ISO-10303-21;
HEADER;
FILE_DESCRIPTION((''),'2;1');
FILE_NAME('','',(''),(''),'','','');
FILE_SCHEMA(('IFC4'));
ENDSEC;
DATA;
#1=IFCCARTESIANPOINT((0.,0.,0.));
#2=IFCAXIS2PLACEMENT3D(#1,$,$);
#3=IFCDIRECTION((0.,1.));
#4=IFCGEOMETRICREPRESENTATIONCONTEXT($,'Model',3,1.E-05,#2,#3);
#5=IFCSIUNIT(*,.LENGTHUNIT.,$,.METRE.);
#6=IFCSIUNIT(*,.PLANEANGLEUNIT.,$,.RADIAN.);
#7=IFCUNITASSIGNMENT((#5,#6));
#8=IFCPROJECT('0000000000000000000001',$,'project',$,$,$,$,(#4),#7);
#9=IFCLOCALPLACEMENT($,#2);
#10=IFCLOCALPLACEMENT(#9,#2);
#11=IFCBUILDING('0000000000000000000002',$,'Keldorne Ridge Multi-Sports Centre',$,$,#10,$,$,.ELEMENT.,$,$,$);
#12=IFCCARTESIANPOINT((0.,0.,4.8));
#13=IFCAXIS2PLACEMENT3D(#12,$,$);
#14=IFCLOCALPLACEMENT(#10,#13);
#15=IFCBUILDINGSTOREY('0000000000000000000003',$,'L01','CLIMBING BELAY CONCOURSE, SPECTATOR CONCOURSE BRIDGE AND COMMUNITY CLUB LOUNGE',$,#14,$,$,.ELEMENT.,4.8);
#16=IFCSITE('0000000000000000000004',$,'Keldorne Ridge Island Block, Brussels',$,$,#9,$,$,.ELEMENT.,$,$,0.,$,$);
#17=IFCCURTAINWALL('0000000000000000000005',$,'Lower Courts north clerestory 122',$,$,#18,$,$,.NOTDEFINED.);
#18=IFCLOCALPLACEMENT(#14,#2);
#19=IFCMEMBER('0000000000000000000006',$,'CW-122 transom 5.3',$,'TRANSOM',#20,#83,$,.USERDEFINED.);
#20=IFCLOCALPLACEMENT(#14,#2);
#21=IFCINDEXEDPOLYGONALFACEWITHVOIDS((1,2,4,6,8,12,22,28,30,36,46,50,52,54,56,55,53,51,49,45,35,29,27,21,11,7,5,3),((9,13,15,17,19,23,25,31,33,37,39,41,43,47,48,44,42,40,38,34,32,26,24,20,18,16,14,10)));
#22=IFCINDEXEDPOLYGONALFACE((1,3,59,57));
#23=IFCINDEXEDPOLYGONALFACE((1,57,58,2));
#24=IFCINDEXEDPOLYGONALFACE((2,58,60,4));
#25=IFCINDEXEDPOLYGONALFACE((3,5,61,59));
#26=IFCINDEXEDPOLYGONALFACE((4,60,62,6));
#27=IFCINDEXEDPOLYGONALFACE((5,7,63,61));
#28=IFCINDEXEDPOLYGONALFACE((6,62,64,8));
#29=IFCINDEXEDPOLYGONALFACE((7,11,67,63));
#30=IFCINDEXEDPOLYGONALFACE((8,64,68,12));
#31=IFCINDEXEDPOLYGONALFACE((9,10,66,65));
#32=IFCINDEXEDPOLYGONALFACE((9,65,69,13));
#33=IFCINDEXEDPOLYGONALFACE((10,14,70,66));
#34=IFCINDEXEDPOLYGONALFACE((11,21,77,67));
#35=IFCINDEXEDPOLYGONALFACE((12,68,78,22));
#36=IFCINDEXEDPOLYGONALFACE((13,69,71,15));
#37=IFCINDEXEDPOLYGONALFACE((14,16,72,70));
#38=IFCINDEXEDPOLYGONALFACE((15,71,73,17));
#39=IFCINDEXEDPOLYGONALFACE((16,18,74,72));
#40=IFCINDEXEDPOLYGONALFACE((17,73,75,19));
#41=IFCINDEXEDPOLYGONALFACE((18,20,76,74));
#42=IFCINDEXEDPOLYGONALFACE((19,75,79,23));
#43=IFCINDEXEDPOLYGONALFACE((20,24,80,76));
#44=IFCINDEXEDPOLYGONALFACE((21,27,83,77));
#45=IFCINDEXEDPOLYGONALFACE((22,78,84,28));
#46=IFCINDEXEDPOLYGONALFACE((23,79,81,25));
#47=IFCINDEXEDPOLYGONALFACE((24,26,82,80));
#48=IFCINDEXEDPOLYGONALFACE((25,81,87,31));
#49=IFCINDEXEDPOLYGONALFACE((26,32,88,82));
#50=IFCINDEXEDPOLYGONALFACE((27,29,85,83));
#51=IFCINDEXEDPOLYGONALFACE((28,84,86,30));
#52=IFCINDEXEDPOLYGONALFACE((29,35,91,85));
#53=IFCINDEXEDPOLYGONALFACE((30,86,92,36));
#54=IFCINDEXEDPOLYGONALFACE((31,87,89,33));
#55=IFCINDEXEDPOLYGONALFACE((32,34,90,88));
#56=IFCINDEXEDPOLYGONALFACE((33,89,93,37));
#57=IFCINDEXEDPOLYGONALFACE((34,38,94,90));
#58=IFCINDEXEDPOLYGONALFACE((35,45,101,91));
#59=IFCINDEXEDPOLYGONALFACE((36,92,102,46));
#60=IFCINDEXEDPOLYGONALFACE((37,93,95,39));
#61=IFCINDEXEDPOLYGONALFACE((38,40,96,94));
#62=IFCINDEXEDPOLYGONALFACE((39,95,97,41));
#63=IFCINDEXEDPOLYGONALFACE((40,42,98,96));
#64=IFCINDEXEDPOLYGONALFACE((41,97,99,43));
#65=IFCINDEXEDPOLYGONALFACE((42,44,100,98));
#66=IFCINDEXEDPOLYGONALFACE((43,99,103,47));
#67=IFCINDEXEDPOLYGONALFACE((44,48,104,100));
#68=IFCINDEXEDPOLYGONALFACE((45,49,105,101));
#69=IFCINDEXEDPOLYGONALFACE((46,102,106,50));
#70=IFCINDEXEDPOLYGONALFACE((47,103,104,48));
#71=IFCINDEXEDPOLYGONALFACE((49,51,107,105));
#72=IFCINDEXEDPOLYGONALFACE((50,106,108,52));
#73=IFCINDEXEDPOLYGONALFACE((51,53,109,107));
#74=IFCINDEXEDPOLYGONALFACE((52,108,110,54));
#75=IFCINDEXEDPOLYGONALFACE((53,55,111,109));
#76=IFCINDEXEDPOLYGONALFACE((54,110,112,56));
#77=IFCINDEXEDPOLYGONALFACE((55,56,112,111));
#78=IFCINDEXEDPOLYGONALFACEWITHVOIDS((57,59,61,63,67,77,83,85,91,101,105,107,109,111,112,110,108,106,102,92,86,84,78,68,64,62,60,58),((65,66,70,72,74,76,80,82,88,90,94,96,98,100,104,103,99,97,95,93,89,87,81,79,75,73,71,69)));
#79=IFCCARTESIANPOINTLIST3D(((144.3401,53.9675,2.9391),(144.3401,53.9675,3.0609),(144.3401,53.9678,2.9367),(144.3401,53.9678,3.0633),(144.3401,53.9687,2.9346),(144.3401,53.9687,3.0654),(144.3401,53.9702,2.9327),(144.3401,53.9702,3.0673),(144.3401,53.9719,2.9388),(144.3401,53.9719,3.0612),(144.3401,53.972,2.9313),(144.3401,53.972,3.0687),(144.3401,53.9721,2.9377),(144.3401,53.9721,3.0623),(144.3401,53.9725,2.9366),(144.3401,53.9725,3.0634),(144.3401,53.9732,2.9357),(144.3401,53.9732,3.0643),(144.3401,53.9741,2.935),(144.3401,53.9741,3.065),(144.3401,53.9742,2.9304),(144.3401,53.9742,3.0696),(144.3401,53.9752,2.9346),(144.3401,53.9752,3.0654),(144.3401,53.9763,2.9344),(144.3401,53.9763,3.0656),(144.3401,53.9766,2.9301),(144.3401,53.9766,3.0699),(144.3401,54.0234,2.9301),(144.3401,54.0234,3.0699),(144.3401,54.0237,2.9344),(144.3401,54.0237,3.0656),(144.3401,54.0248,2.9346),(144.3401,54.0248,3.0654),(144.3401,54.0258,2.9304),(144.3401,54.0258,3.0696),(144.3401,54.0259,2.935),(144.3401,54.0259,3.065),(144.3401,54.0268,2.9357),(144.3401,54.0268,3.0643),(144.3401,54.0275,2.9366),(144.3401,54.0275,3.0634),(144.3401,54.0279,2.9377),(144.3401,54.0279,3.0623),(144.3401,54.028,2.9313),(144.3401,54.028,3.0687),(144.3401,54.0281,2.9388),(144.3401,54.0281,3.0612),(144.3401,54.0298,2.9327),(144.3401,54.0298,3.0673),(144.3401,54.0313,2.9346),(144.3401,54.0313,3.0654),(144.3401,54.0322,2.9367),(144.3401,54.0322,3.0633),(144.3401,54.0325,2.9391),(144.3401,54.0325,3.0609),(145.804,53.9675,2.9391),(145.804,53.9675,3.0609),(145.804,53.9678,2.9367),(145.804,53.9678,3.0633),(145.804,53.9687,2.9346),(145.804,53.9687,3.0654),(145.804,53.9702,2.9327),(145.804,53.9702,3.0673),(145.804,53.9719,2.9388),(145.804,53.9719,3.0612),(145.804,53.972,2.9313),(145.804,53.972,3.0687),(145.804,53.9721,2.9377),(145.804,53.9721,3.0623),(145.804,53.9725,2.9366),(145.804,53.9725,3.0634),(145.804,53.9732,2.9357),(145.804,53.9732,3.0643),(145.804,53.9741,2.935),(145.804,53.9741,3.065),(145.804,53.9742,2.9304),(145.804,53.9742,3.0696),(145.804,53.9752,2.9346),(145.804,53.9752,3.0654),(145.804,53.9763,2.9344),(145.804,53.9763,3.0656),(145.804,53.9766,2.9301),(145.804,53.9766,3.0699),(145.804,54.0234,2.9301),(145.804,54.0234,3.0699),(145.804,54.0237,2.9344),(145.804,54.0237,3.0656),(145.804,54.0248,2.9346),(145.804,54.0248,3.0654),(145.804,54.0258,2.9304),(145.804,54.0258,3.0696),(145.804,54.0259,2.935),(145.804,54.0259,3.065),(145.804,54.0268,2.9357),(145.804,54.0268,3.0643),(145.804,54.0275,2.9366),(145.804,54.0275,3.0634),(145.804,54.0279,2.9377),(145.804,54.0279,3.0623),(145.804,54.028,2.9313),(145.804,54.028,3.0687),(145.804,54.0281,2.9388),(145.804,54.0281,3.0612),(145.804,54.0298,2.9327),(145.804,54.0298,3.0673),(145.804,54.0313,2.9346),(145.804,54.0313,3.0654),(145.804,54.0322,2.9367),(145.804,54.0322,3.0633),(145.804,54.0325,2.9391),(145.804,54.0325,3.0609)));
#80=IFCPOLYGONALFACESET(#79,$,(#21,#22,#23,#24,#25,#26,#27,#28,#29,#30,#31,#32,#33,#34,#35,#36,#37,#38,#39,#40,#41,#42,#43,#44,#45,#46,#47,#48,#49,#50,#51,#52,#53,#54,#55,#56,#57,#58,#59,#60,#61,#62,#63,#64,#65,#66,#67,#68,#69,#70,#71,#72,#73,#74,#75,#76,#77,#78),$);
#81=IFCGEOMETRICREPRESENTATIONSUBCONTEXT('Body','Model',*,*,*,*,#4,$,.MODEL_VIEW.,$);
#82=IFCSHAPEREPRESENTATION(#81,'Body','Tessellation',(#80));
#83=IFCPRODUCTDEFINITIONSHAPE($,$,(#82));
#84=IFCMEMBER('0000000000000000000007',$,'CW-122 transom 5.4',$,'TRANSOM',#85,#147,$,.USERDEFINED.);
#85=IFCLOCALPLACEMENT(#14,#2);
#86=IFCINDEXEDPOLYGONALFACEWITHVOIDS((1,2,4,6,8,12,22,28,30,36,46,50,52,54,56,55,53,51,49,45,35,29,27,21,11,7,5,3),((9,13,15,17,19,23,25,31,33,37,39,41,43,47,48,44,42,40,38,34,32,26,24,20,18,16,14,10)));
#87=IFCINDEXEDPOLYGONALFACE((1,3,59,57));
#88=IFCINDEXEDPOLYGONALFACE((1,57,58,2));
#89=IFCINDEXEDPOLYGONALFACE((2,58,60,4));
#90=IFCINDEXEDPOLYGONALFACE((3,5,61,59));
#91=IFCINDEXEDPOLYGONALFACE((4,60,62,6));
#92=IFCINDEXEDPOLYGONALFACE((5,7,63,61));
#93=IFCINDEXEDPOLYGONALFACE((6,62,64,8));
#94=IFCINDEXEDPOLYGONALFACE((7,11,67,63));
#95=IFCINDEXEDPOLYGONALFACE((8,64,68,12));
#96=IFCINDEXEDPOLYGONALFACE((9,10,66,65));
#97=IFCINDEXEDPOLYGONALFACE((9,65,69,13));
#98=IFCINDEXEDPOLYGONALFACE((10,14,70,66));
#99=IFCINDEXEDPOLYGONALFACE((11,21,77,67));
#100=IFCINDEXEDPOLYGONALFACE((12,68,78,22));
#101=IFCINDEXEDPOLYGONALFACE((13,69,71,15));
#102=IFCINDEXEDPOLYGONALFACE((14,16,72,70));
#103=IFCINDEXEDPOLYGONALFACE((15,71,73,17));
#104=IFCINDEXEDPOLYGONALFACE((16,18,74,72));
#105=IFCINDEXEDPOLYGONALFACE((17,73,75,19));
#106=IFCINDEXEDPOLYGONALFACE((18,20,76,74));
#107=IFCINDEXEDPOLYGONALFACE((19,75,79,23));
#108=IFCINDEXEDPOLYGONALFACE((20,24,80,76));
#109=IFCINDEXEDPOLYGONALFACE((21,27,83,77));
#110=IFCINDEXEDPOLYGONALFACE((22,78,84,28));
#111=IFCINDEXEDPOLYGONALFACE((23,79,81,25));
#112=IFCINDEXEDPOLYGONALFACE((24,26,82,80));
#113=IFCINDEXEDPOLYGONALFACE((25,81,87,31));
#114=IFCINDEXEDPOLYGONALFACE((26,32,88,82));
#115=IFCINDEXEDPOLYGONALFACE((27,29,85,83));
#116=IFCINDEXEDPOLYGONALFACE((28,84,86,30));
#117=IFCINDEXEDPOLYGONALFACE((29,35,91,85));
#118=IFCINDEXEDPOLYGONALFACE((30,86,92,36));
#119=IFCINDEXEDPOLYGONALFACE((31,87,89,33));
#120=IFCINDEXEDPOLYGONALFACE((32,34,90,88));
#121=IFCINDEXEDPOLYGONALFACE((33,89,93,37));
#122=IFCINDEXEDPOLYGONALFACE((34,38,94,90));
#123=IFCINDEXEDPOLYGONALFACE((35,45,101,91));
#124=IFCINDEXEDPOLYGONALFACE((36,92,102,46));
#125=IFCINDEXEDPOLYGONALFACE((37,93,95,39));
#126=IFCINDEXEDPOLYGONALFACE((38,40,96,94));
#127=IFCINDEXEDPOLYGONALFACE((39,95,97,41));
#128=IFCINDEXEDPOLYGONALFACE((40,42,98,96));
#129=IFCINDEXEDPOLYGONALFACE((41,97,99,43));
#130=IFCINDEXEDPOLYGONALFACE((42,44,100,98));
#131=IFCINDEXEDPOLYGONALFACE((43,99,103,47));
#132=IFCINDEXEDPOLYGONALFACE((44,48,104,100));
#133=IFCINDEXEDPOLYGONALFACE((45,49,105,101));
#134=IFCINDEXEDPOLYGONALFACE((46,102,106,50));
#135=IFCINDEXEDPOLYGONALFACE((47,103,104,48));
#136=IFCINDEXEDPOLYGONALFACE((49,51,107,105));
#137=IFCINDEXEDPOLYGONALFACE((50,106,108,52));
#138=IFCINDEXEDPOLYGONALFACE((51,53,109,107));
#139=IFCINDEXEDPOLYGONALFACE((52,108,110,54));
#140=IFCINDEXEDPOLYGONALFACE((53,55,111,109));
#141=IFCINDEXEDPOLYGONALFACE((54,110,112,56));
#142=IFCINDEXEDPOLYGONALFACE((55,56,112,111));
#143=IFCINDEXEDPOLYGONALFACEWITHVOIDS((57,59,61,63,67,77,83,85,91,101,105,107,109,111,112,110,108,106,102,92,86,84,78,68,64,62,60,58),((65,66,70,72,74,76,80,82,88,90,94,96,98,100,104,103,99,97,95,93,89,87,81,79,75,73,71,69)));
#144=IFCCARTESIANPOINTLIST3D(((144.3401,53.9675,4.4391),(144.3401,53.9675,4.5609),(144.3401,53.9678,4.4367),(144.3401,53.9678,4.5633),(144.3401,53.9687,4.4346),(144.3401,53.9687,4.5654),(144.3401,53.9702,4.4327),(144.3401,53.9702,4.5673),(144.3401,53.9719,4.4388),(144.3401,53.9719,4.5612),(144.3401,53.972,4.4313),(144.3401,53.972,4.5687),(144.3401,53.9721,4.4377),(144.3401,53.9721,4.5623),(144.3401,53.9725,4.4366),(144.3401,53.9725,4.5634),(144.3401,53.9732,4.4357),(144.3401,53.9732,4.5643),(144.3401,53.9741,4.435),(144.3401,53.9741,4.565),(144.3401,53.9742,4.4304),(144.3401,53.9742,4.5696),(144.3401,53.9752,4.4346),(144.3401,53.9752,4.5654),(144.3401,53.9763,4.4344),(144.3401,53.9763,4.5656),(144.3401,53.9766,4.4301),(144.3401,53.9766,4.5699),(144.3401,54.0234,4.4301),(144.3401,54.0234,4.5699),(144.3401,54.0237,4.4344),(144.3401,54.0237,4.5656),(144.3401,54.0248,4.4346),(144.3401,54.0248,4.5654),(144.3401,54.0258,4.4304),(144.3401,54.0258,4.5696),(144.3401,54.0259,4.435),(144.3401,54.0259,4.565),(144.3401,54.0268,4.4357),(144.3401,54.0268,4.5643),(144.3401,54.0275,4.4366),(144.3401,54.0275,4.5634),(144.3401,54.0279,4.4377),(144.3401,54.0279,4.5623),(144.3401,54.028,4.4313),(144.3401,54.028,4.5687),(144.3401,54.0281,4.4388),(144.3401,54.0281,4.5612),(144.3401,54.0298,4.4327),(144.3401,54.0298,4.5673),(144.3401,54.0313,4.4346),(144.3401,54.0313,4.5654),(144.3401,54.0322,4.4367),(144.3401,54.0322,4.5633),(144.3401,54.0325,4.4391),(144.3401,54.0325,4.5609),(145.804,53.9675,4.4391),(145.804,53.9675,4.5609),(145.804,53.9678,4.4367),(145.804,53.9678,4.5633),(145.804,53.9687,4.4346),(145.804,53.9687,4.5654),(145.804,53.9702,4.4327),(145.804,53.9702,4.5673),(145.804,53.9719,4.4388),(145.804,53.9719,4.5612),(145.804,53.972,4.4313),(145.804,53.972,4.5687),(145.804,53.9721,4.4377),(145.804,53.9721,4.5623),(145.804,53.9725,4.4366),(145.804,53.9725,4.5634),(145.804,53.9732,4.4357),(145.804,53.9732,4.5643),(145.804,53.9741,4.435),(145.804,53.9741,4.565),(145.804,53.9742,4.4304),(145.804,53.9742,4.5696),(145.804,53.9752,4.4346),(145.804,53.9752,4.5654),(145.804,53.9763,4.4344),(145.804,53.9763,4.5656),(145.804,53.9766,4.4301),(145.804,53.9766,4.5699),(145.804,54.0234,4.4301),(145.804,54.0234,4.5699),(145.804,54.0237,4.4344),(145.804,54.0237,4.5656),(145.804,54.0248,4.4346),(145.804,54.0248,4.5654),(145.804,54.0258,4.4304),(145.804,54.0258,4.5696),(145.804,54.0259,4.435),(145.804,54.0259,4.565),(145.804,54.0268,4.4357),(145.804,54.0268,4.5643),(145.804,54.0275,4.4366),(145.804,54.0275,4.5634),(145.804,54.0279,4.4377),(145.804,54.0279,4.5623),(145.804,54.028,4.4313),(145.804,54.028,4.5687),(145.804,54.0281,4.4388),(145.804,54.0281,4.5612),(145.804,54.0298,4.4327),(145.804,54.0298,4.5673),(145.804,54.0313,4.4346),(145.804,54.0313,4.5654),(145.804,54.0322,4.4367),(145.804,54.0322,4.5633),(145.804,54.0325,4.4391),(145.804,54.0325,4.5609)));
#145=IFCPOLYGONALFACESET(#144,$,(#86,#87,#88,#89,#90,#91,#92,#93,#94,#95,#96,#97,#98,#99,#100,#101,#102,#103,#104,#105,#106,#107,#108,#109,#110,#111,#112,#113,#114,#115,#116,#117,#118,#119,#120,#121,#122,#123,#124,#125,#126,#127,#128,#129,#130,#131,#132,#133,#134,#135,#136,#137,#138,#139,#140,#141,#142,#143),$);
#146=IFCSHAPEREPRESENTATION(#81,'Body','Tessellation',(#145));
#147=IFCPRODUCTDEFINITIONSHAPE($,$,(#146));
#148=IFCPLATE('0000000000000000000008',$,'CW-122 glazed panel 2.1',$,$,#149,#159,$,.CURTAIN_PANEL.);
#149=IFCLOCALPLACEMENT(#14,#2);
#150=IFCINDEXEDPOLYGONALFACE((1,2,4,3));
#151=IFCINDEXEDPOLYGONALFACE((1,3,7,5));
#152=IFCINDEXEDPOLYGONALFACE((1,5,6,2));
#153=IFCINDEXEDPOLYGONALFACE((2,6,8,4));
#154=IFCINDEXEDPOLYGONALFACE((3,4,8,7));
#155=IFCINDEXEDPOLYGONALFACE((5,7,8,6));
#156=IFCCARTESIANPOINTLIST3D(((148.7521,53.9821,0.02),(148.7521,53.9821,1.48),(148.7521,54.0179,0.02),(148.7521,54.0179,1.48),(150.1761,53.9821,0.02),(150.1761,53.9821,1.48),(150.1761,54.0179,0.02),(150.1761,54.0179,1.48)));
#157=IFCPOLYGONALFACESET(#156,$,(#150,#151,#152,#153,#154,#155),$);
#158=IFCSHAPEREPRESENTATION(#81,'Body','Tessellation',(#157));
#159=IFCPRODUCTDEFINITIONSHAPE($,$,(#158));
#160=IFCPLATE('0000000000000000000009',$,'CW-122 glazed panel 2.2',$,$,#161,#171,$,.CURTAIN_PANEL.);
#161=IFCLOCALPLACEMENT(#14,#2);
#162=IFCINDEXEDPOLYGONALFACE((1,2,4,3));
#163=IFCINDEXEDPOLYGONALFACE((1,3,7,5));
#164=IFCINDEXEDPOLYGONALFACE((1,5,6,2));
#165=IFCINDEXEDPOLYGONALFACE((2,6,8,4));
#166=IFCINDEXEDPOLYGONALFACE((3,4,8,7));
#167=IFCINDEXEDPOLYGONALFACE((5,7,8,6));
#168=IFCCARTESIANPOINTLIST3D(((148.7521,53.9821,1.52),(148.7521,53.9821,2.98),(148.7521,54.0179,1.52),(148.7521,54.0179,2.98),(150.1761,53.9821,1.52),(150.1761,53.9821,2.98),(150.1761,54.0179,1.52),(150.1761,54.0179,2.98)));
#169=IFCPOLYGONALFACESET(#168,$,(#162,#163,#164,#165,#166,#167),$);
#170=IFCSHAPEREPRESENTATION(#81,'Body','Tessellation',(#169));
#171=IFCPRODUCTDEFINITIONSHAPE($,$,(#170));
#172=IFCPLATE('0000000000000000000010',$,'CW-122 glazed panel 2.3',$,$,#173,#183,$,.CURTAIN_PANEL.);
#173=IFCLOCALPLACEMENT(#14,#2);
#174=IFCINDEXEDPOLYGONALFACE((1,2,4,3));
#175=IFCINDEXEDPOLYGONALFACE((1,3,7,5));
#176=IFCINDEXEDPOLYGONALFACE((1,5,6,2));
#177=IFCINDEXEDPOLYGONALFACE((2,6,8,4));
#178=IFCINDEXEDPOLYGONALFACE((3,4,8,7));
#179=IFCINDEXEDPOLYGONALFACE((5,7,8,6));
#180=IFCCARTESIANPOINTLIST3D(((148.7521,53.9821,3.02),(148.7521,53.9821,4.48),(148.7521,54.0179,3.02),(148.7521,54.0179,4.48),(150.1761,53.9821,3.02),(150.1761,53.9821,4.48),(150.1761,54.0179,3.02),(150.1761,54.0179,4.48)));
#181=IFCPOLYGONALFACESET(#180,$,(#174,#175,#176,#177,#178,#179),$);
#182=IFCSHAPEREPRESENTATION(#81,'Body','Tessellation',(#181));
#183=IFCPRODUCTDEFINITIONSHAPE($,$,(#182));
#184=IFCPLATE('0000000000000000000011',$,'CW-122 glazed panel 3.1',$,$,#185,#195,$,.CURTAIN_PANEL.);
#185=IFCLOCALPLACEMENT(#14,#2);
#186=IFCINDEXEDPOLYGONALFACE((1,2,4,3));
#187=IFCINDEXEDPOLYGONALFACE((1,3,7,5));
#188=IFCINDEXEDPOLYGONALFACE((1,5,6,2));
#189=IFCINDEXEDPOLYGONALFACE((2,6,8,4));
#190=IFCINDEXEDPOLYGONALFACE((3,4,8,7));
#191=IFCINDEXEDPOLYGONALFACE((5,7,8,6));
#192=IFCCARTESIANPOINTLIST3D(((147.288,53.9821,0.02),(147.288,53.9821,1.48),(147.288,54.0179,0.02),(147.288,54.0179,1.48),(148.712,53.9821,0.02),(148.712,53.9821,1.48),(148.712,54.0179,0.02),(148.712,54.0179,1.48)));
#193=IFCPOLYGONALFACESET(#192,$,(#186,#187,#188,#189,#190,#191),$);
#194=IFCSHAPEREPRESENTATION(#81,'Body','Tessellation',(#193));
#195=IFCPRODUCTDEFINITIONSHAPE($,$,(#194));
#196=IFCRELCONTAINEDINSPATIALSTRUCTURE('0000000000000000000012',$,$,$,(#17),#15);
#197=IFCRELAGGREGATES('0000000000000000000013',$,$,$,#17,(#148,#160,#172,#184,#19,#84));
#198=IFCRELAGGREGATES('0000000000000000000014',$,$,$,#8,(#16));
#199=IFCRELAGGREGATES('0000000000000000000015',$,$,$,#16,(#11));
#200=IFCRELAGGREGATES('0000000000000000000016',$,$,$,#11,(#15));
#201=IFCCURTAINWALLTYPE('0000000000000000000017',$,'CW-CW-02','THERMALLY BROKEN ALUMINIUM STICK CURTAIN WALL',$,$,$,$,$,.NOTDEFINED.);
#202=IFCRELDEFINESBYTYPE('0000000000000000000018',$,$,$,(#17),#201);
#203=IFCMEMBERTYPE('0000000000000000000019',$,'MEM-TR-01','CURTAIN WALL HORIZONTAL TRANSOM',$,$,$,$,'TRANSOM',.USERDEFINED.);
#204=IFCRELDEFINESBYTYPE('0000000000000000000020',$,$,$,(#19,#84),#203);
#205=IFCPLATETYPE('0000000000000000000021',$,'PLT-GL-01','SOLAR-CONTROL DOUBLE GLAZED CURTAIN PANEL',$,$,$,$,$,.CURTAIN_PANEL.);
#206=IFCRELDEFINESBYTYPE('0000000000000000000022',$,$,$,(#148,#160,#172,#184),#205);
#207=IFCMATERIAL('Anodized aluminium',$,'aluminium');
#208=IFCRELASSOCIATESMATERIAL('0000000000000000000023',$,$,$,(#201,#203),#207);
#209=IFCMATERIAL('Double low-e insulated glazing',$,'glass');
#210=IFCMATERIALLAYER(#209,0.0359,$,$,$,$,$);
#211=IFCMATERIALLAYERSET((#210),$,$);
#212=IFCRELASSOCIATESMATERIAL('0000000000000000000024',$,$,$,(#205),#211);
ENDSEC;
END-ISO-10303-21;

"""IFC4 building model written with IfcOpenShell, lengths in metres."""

from ifc_helpers import new_model, si_unit, direction, frame, origin, origin_2d, place, context, subcontext, project, spatial, rectangle, hollow_rectangle, extrude, material, layer, layer_set, material_profile, profile_set, type_object, element, aggregate, save


model = new_model("IFC4")

# Units and contexts
model_context = context("Model", 3, precision=1e-05, world=origin(), true_north=direction((0.0, 1.0)))
body_context = subcontext(model_context, "Body", "Model", "MODEL_VIEW")
ifc_project = project(units=[si_unit("LENGTHUNIT", "METRE"), si_unit("PLANEANGLEUNIT", "RADIAN")], contexts=[model_context])

# Site, building, storey
site_placement = place(None, origin())
site = spatial("IfcSite", under=ifc_project, at=site_placement, Name="Keldorne Ridge Island Block, Brussels", CompositionType="ELEMENT", RefElevation=0.0)
building_placement = place(site_placement, origin())
building = spatial("IfcBuilding", under=site, at=building_placement, Name="Keldorne Ridge Multi-Sports Centre", CompositionType="ELEMENT")
storey_placement = place(building_placement, frame((0.0, 0.0, 4.8)))
storey = spatial("IfcBuildingStorey", under=building, at=storey_placement, Name="L01", Description="CLIMBING BELAY CONCOURSE, SPECTATOR CONCOURSE BRIDGE AND COMMUNITY CLUB LOUNGE", CompositionType="ELEMENT", Elevation=4.8)

# Curtain wall, members, plates
ifc_material_1 = material(Name="Anodized aluminium", Category="aluminium")
curtain_wall_type = type_object("IfcCurtainWallType", Name="CW-CW-02", Description="THERMALLY BROKEN ALUMINIUM STICK CURTAIN WALL", PredefinedType="NOTDEFINED", material=ifc_material_1)
curtain_wall_placement = place(storey_placement, origin())
curtain_wall = element("IfcCurtainWall", 1, at=curtain_wall_placement, inside=storey, type_object=curtain_wall_type, Name="Lower Courts north clerestory 122", PredefinedType="NOTDEFINED")
ifc_material_profile_1 = material_profile(ifc_material_1, hollow_rectangle(XDim=0.0649, YDim=0.1399, WallThickness=0.0044, InnerFilletRadius=0.0044, OuterFilletRadius=0.009, at=origin_2d()), Name="ALU TRANSOM 140x65x4.5")
ifc_profile_set_1 = profile_set([ifc_material_profile_1], Name="Anodized aluminium")
member_type_1 = type_object("IfcMemberType", Name="MEM-TR-01", Description="CURTAIN WALL HORIZONTAL TRANSOM", ElementType="TRANSOM", PredefinedType="USERDEFINED", material=ifc_profile_set_1)
member_1_placement = place(storey_placement, frame((145.804, 54.0, 3.0), z_axis=(-1.0, 0.0, 0.0), x_axis=(0.0, -1.0, 0.0)))
member_1 = element("IfcMember", 2, at=member_1_placement, type_object=member_type_1, Name="CW-122 transom 5.3", ObjectType="TRANSOM", PredefinedType="USERDEFINED", context=body_context, shape_type="SweptSolid", body=[
    extrude(hollow_rectangle(XDim=0.0649, YDim=0.1399, WallThickness=0.0044, InnerFilletRadius=0.0044, OuterFilletRadius=0.009, at=origin_2d()), origin(), (0.0, 0.0, 1.0), 1.4639),
])
member_2_placement = place(storey_placement, frame((145.804, 54.0, 4.5), z_axis=(-1.0, 0.0, 0.0), x_axis=(0.0, -1.0, 0.0)))
member_2 = element("IfcMember", 3, at=member_2_placement, type_object=member_type_1, Name="CW-122 transom 5.4", ObjectType="TRANSOM", PredefinedType="USERDEFINED", context=body_context, shape_type="SweptSolid", body=[
    extrude(hollow_rectangle(XDim=0.0649, YDim=0.1399, WallThickness=0.0044, InnerFilletRadius=0.0044, OuterFilletRadius=0.009, at=origin_2d()), origin(), (0.0, 0.0, 1.0), 1.4639),
])
ifc_material_2 = material(Name="Double low-e insulated glazing", Category="glass")
ifc_layer = layer(ifc_material_2, 0.0359)
ifc_layer_set = layer_set([ifc_layer])
plate_type = type_object("IfcPlateType", Name="PLT-GL-01", Description="SOLAR-CONTROL DOUBLE GLAZED CURTAIN PANEL", PredefinedType="CURTAIN_PANEL", material=ifc_layer_set)
plate_1_placement = place(storey_placement, frame((149.4641, 54.0, 0.02), z_axis=(0.0, 0.0, 1.0), x_axis=(-1.0, 0.0, 0.0)))
plate_1 = element("IfcPlate", 4, at=plate_1_placement, type_object=plate_type, Name="CW-122 glazed panel 2.1", PredefinedType="CURTAIN_PANEL", context=body_context, shape_type="SweptSolid", body=[
    extrude(rectangle(XDim=1.4241, YDim=0.0359, at=origin_2d()), origin(), (0.0, 0.0, 1.0), 1.46),
])
plate_2_placement = place(storey_placement, frame((149.4641, 54.0, 1.52), z_axis=(0.0, 0.0, 1.0), x_axis=(-1.0, 0.0, 0.0)))
plate_2 = element("IfcPlate", 5, at=plate_2_placement, type_object=plate_type, Name="CW-122 glazed panel 2.2", PredefinedType="CURTAIN_PANEL", context=body_context, shape_type="SweptSolid", body=[
    extrude(rectangle(XDim=1.4241, YDim=0.0359, at=origin_2d()), origin(), (0.0, 0.0, 1.0), 1.46),
])
plate_3_placement = place(storey_placement, frame((149.4641, 54.0, 3.02), z_axis=(0.0, 0.0, 1.0), x_axis=(-1.0, 0.0, 0.0)))
plate_3 = element("IfcPlate", 6, at=plate_3_placement, type_object=plate_type, Name="CW-122 glazed panel 2.3", PredefinedType="CURTAIN_PANEL", context=body_context, shape_type="SweptSolid", body=[
    extrude(rectangle(XDim=1.4241, YDim=0.0359, at=origin_2d()), origin(), (0.0, 0.0, 1.0), 1.46),
])
plate_4_placement = place(storey_placement, frame((148.0, 54.0, 0.02), z_axis=(0.0, 0.0, 1.0), x_axis=(-1.0, 0.0, 0.0)))
plate_4 = element("IfcPlate", 7, at=plate_4_placement, type_object=plate_type, Name="CW-122 glazed panel 3.1", PredefinedType="CURTAIN_PANEL", context=body_context, shape_type="SweptSolid", body=[
    extrude(rectangle(XDim=1.4241, YDim=0.0359, at=origin_2d()), origin(), (0.0, 0.0, 1.0), 1.46),
])
aggregate(curtain_wall, [plate_1, plate_2, plate_3, plate_4, member_1, member_2])

save(model, "model.ifc")
